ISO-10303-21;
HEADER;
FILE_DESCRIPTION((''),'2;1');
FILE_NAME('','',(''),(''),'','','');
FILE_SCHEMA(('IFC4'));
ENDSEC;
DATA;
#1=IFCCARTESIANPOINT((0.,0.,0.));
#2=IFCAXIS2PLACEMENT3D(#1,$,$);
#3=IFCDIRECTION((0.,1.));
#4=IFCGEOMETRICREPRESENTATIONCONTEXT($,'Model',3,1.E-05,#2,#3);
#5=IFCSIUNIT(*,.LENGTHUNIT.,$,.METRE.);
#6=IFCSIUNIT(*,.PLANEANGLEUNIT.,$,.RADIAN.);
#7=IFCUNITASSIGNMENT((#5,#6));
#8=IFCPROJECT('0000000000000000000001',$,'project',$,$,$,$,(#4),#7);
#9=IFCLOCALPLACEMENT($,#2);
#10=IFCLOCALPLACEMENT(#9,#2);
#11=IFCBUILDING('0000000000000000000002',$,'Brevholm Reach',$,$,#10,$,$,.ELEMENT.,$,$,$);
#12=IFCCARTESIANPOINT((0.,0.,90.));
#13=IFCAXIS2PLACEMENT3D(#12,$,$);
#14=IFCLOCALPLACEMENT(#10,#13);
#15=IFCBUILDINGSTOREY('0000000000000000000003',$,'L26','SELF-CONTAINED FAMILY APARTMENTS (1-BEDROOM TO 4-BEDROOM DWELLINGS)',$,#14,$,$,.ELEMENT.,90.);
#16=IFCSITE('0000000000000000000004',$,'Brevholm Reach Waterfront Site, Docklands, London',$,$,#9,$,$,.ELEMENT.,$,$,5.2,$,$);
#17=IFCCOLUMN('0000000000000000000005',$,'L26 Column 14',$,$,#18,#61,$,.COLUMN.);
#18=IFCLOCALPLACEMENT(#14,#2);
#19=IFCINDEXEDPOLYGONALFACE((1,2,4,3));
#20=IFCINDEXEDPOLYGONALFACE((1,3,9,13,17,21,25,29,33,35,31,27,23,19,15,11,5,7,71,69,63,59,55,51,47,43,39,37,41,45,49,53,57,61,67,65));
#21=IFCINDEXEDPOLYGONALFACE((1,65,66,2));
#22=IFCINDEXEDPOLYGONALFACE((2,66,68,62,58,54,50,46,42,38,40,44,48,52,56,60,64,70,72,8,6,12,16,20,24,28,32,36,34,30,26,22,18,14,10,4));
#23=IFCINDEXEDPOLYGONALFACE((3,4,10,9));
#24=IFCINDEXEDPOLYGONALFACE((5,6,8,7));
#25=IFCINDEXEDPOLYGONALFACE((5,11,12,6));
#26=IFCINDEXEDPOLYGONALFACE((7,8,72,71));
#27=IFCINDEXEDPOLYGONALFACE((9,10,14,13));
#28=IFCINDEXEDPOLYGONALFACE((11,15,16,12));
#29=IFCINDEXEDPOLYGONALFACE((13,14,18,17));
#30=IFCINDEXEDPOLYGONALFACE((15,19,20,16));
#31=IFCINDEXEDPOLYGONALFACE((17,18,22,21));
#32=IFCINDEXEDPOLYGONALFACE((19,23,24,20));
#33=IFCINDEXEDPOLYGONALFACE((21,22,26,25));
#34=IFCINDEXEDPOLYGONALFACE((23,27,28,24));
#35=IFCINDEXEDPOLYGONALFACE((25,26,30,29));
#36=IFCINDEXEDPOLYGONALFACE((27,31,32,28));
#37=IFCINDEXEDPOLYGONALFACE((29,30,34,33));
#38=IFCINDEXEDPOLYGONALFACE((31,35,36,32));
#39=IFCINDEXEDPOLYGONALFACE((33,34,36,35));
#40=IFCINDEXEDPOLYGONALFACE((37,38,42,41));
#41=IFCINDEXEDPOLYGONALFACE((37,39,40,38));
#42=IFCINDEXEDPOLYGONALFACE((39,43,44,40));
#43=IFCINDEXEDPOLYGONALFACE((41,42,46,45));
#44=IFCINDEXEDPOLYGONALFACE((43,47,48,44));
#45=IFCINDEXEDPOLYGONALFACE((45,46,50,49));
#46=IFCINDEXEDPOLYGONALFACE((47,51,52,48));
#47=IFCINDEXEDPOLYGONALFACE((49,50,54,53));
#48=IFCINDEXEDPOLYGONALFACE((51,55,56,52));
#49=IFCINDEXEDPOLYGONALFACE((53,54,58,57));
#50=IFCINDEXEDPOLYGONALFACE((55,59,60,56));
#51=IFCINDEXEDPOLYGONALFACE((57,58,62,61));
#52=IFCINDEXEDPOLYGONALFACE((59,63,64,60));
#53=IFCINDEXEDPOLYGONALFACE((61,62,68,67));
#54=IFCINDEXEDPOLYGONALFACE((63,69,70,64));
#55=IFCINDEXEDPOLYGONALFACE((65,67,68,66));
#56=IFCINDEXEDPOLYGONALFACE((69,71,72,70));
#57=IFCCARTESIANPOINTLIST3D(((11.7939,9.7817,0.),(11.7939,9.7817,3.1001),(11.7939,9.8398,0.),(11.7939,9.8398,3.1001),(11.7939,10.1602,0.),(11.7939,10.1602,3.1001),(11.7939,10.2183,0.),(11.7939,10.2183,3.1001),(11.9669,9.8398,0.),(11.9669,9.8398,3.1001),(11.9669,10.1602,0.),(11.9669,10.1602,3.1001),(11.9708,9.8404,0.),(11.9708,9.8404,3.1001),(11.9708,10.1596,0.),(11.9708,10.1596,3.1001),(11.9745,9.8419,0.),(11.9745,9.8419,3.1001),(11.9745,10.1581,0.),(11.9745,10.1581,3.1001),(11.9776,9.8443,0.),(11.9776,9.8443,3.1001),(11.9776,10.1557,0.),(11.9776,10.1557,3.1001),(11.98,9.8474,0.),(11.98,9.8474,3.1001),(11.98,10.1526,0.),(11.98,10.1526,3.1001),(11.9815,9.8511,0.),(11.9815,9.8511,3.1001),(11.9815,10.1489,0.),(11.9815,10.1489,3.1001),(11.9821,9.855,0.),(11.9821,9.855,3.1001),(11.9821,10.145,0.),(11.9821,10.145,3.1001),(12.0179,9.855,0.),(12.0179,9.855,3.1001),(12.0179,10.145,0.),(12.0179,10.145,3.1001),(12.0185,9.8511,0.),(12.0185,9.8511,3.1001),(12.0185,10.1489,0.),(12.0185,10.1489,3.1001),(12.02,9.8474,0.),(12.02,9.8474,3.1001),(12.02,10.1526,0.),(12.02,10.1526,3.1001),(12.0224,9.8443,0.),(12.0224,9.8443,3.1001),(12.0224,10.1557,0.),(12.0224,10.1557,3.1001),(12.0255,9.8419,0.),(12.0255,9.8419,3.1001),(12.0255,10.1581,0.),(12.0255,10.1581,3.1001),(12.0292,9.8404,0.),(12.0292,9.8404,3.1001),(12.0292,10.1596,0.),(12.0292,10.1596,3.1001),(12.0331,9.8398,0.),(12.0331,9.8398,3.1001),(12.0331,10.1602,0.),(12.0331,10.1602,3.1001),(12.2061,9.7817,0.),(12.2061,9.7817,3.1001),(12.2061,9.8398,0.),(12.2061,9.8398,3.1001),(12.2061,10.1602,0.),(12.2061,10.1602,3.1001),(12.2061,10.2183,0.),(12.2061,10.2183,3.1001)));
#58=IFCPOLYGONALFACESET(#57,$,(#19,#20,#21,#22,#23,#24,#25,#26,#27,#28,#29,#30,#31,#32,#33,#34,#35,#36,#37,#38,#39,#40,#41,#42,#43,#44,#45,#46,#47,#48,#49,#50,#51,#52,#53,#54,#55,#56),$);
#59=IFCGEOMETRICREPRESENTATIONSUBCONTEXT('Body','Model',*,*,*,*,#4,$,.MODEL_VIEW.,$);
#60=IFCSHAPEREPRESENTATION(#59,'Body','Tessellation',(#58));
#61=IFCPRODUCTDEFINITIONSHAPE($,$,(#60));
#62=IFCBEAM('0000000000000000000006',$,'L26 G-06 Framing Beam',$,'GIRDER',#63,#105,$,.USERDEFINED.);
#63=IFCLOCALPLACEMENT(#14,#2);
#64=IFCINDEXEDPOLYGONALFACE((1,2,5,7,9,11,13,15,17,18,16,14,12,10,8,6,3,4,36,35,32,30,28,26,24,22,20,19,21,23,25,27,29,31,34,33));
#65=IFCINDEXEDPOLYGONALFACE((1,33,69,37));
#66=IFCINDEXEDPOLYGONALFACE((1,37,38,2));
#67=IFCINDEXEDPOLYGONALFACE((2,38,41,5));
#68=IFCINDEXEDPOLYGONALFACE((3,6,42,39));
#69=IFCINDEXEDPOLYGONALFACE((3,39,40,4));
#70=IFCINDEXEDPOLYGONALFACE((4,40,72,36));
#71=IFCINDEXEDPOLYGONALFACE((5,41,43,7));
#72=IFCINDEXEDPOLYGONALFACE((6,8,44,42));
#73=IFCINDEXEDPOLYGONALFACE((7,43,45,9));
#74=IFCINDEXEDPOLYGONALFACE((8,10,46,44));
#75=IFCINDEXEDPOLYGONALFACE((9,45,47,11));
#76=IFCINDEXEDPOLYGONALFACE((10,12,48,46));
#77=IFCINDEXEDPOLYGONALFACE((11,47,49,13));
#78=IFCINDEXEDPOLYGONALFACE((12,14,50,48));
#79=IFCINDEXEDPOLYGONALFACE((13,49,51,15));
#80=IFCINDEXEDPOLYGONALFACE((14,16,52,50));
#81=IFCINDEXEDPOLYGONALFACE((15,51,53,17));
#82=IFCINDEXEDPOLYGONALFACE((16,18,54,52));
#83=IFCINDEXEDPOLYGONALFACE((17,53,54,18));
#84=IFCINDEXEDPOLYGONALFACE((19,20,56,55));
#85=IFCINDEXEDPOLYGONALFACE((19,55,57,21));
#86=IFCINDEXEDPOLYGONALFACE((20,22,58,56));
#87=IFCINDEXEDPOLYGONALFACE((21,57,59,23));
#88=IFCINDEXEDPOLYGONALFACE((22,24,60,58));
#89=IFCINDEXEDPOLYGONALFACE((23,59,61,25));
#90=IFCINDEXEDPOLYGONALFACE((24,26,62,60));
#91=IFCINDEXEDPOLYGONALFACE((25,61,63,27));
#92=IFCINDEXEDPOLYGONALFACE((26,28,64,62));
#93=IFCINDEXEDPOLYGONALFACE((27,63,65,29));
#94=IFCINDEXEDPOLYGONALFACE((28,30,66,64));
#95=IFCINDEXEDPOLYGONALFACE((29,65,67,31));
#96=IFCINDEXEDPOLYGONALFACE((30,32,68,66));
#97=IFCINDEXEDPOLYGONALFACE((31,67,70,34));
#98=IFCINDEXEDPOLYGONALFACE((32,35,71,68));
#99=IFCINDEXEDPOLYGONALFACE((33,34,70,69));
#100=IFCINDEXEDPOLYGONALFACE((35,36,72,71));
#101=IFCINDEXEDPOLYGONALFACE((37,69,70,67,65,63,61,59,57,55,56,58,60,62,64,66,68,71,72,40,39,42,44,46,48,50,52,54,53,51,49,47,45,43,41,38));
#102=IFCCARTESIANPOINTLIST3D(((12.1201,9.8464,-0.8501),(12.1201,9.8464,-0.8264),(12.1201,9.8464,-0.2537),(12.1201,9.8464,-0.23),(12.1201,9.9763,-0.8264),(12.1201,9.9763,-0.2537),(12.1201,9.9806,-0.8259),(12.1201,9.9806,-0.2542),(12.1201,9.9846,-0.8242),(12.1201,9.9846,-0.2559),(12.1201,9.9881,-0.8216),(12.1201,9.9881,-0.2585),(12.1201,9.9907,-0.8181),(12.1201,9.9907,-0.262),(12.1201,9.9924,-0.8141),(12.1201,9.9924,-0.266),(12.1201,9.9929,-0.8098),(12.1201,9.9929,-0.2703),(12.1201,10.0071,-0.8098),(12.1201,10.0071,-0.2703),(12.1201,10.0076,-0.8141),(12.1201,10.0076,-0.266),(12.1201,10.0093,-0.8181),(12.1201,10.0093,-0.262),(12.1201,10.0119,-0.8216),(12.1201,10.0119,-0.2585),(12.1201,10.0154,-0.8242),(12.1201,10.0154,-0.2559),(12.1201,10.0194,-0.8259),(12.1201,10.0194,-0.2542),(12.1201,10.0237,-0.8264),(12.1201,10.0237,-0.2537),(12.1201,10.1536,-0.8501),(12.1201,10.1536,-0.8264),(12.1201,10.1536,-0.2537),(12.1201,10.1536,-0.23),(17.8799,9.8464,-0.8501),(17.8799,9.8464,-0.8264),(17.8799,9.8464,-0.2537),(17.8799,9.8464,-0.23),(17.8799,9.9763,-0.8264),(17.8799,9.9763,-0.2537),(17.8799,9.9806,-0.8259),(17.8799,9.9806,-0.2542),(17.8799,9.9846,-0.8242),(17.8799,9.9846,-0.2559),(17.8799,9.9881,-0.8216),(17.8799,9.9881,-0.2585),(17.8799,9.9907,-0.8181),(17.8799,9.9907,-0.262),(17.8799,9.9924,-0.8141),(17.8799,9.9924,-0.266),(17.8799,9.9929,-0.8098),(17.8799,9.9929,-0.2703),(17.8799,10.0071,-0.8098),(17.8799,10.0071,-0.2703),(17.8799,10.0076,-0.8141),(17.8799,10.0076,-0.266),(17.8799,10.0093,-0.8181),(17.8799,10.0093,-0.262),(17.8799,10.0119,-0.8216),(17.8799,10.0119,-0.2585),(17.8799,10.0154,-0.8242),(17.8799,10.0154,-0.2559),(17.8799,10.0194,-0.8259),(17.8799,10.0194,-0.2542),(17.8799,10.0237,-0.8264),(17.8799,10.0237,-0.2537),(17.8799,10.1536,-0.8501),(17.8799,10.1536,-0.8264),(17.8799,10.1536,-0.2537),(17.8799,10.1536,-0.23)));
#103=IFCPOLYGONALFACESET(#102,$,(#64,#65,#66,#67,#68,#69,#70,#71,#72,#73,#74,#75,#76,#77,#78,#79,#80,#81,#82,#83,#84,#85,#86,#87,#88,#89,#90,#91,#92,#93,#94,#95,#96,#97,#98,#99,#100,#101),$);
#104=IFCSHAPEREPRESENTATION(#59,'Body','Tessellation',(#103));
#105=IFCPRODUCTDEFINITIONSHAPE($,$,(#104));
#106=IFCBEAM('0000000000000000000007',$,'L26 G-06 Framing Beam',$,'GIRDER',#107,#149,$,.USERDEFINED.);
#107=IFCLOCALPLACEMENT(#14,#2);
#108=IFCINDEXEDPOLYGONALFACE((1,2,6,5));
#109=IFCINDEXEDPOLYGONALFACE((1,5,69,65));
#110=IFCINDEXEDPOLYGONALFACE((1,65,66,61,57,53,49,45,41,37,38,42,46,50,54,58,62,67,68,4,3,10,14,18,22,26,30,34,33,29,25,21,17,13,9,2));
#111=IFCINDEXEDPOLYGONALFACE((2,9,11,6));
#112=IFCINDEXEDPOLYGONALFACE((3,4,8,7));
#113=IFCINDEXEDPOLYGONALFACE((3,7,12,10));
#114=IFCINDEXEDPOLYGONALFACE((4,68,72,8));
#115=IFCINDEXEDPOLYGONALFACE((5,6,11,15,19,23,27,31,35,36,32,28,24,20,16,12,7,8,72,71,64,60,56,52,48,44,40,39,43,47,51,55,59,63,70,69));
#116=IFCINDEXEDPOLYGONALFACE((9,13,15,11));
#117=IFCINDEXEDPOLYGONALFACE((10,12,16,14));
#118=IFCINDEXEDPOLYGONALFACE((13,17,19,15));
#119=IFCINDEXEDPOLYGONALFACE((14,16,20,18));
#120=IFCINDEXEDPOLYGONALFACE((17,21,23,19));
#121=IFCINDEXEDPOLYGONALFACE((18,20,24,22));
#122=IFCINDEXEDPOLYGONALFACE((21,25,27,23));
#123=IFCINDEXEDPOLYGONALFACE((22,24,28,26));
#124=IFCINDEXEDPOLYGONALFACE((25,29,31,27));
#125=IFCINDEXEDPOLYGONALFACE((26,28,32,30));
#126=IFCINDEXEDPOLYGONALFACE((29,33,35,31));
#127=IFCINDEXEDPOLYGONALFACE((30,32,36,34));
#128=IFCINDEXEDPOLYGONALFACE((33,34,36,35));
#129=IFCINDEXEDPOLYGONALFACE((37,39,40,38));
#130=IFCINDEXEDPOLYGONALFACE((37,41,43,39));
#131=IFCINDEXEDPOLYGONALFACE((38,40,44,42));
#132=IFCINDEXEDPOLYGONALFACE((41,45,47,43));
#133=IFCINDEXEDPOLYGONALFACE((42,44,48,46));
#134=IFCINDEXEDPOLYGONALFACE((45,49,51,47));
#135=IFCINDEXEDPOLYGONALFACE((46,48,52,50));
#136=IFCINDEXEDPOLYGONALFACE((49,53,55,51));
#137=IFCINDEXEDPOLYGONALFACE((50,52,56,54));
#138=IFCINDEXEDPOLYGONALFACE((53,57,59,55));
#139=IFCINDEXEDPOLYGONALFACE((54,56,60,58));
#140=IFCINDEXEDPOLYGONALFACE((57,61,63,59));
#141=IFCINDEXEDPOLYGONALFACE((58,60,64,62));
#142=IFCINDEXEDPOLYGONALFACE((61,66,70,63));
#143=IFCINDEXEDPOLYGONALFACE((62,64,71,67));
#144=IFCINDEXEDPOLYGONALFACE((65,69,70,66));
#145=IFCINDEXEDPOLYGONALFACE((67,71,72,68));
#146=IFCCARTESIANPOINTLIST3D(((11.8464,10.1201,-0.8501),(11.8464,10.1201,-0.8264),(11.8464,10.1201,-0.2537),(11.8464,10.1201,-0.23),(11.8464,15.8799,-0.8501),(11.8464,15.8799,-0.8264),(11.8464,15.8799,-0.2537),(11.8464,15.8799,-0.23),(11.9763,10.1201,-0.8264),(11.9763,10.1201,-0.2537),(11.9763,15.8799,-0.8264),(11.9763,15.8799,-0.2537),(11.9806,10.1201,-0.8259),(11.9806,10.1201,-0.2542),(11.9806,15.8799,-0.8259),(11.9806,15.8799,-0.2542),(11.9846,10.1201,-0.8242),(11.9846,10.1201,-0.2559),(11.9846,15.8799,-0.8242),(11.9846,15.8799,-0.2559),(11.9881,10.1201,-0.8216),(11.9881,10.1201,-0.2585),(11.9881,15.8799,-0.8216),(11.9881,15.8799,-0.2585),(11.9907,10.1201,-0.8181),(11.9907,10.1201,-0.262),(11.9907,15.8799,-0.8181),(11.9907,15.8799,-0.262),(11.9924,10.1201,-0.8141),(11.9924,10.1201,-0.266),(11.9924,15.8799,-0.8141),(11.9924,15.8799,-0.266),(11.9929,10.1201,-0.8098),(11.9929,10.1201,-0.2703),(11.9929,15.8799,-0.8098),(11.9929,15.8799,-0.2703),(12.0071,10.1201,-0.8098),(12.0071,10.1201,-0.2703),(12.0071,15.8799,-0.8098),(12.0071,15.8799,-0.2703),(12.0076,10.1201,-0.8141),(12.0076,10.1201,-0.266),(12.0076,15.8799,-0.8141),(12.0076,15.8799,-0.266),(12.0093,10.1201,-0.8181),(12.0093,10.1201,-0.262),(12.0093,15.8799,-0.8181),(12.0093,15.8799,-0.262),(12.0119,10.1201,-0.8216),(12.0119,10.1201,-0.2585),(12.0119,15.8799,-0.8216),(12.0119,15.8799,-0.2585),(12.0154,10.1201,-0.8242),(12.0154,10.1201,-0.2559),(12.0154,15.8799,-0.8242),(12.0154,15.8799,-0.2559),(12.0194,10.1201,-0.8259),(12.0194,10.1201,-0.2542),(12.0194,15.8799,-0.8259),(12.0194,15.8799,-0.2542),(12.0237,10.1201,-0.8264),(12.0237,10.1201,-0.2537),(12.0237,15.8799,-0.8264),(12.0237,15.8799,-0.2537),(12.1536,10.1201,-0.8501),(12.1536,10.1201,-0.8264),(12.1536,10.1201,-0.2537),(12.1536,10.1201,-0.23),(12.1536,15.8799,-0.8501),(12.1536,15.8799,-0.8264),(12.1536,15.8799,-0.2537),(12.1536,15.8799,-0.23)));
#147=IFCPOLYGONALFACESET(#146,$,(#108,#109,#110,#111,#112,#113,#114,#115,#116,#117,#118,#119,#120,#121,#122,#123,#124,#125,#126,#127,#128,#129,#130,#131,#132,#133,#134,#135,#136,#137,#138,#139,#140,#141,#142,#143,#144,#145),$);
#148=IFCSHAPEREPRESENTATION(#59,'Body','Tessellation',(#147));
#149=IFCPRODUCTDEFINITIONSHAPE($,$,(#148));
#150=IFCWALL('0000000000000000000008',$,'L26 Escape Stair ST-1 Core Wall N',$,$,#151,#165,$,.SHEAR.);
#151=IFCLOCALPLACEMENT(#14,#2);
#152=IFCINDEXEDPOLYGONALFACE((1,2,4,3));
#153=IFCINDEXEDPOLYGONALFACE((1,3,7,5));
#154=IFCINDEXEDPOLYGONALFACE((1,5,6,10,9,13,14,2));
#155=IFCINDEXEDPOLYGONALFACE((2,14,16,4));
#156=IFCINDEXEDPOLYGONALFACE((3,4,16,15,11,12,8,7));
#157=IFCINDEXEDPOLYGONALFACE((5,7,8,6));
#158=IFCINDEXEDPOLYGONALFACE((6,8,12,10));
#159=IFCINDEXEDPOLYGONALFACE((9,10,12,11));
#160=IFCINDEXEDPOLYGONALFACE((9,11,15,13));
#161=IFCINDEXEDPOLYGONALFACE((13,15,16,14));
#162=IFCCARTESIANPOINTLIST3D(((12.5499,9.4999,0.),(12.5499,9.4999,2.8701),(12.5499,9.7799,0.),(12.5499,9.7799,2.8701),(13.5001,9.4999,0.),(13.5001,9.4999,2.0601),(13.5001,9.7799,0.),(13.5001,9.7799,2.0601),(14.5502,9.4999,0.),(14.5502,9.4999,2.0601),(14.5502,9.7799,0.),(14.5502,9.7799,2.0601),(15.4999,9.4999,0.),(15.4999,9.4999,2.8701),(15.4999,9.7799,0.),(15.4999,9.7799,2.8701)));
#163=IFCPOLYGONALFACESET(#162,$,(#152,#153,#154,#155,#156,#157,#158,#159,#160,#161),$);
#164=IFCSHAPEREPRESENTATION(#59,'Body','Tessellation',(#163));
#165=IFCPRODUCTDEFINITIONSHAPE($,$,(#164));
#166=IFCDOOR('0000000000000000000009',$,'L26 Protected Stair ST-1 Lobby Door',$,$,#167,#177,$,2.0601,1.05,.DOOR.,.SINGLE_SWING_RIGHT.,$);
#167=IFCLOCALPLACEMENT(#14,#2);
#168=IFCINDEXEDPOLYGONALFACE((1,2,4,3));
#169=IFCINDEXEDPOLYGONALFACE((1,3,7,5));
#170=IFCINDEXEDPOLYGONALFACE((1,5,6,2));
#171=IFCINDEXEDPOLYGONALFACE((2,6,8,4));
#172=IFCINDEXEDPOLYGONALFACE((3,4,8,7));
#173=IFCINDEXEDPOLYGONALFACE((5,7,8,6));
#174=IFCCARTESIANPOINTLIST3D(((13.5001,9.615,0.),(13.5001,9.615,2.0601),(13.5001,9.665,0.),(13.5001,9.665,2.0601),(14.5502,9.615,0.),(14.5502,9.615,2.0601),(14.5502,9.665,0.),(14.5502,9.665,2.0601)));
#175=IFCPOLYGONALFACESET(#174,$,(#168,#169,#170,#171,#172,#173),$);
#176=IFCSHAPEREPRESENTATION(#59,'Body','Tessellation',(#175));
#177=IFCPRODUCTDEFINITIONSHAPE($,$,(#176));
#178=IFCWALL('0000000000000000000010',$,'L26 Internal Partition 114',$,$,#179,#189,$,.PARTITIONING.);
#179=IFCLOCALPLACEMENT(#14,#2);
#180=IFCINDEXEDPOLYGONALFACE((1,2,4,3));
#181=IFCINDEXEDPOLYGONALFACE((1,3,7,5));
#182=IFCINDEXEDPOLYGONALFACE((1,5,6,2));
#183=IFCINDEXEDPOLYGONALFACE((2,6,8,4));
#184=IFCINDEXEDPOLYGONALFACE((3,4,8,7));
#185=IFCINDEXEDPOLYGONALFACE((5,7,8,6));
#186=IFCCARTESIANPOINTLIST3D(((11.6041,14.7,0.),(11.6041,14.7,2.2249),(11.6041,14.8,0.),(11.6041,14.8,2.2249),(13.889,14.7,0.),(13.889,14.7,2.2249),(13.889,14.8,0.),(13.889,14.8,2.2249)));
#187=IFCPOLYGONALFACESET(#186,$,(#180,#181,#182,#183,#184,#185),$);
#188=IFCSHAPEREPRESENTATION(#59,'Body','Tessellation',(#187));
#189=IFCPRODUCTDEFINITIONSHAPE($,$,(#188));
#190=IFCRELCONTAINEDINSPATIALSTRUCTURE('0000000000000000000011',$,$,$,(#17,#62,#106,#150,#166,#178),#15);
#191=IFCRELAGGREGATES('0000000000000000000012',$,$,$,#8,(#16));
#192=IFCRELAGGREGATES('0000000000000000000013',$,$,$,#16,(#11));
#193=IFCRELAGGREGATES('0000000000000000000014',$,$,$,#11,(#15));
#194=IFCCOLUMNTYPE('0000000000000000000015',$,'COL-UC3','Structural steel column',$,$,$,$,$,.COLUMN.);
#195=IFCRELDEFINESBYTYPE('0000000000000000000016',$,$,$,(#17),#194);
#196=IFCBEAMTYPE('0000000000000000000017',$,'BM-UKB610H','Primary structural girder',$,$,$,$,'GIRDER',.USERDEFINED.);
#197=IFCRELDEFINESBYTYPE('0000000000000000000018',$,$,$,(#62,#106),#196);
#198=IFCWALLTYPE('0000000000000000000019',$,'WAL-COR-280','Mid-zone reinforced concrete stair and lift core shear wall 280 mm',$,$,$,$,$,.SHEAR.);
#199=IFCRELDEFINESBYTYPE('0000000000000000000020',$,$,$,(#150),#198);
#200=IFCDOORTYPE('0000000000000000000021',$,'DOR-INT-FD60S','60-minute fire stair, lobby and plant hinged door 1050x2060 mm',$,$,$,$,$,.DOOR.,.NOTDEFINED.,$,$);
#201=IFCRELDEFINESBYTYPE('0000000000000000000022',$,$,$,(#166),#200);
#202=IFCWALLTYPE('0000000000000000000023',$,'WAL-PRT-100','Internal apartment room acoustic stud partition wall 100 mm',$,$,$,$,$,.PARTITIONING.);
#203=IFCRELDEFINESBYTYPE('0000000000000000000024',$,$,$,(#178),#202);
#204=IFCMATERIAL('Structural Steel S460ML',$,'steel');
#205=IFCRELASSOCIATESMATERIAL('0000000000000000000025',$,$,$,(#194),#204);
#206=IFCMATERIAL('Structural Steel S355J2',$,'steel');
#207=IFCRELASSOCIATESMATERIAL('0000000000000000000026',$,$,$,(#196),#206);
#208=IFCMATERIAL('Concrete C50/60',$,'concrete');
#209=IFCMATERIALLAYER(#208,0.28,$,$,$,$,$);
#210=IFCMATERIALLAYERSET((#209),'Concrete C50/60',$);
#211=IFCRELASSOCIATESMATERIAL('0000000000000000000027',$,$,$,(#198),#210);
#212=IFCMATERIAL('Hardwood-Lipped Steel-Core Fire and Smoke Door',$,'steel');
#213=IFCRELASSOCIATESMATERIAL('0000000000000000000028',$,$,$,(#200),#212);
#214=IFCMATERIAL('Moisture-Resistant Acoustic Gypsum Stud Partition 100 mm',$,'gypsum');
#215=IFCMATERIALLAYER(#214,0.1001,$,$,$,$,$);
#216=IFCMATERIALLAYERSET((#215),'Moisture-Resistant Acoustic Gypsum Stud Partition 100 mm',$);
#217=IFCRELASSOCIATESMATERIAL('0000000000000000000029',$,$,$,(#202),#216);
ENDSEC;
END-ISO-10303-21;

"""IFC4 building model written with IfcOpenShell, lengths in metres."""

from ifc_helpers import new_model, si_unit, direction, frame, frame_2d, origin, origin_2d, place, context, subcontext, project, spatial, rectangle, i_section, extrude, material, layer, layer_set, material_profile, profile_set, type_object, element, fill, save


model = new_model("IFC4")

# Units and contexts
model_context = context("Model", 3, precision=1e-05, world=origin(), true_north=direction((0.0, 1.0)))
body_context = subcontext(model_context, "Body", "Model", "MODEL_VIEW")
ifc_project = project(units=[si_unit("LENGTHUNIT", "METRE"), si_unit("PLANEANGLEUNIT", "RADIAN")], contexts=[model_context])

# Site, building, storey
site_placement = place(None, origin())
site = spatial("IfcSite", under=ifc_project, at=site_placement, Name="Brevholm Reach Waterfront Site, Docklands, London", CompositionType="ELEMENT", RefElevation=5.2)
building_placement = place(site_placement, origin())
building = spatial("IfcBuilding", under=site, at=building_placement, Name="Brevholm Reach", CompositionType="ELEMENT")
storey_placement = place(building_placement, frame((0.0, 0.0, 90.0)))
storey = spatial("IfcBuildingStorey", under=building, at=storey_placement, Name="L26", Description="SELF-CONTAINED FAMILY APARTMENTS (1-BEDROOM TO 4-BEDROOM DWELLINGS)", CompositionType="ELEMENT", Elevation=90.0)

# Column
ifc_material_1 = material(Name="Structural Steel S460ML", Category="steel")
ifc_material_profile_1 = material_profile(ifc_material_1, i_section(OverallWidth=0.4121, OverallDepth=0.4365, WebThickness=0.0359, FlangeThickness=0.0581, FilletRadius=0.0151, at=origin_2d()), Name="UKC 356x406x467")
ifc_profile_set_1 = profile_set([ifc_material_profile_1], Name="Structural Steel S460ML")
column_type = type_object("IfcColumnType", Name="COL-UC3", Description="Structural steel column", PredefinedType="COLUMN", material=ifc_profile_set_1)
column_placement = place(storey_placement, frame((12.0, 10.0, 0.0), z_axis=(0.0, 0.0, 1.0), x_axis=(1.0, 0.0, 0.0)))
element("IfcColumn", 1, at=column_placement, inside=storey, type_object=column_type, Name="L26 Column 14", PredefinedType="COLUMN", context=body_context, shape_type="SweptSolid", body=[
    extrude(i_section(OverallWidth=0.4121, OverallDepth=0.4365, WebThickness=0.0359, FlangeThickness=0.0581, FilletRadius=0.0151, at=origin_2d()), origin(), (0.0, 0.0, 1.0), 3.1001),
])

# Beams
ifc_material_2 = material(Name="Structural Steel S355J2", Category="steel")
ifc_material_profile_2 = material_profile(ifc_material_2, i_section(OverallWidth=0.3071, OverallDepth=0.6201, WebThickness=0.0142, FlangeThickness=0.0237, FilletRadius=0.0166, at=origin_2d()), Name="UKB 610x305x179")
ifc_profile_set_2 = profile_set([ifc_material_profile_2], Name="Structural Steel S355J2")
beam_type = type_object("IfcBeamType", Name="BM-UKB610H", Description="Primary structural girder", ElementType="GIRDER", PredefinedType="USERDEFINED", material=ifc_profile_set_2)
for number, where, z_axis, x_axis, name in (
    (2, (12.1201, 10.0, -0.54), (1.0, 0.0, 0.0), (0.0, 1.0, 0.0), "L26 G-06 Framing Beam"),
    (3, (12.0, 10.1201, -0.54), (0.0, 1.0, 0.0), (-1.0, 0.0, 0.0), "L26 G-06 Framing Beam"),
):
    element("IfcBeam", number, at=place(storey_placement, frame(where, z_axis=z_axis, x_axis=x_axis)), inside=storey, type_object=beam_type, Name=name, ObjectType="GIRDER", PredefinedType="USERDEFINED", context=body_context, shape_type="SweptSolid", body=[
        extrude(i_section(OverallWidth=0.3071, OverallDepth=0.6201, WebThickness=0.0142, FlangeThickness=0.0237, FilletRadius=0.0166, at=origin_2d()), origin(), (0.0, 0.0, 1.0), 5.7598),
    ])

# Wall, opening, door
ifc_material_3 = material(Name="Concrete C50/60", Category="concrete")
ifc_layer_1 = layer(ifc_material_3, 0.28)
ifc_layer_set_1 = layer_set([ifc_layer_1], Name="Concrete C50/60")
wall_type_1 = type_object("IfcWallType", Name="WAL-COR-280", Description="Mid-zone reinforced concrete stair and lift core shear wall 280 mm", PredefinedType="SHEAR", material=ifc_layer_set_1)
wall_1_placement = place(storey_placement, frame((15.5, 9.6399, 0.0), z_axis=(0.0, 0.0, 1.0), x_axis=(-1.0, 0.0, 0.0)))
wall_1 = element("IfcWall", 4, at=wall_1_placement, inside=storey, type_object=wall_type_1, Name="L26 Escape Stair ST-1 Core Wall N", PredefinedType="SHEAR", context=body_context, shape_type="SweptSolid", body=[
    extrude(rectangle(XDim=2.95, YDim=0.28, at=frame_2d((1.4751, 0.0))), origin(), (0.0, 0.0, 1.0), 2.8701),
])
opening_1_placement = place(wall_1_placement, frame((0.95, 0.0, 0.0)))
opening_1 = element("IfcOpeningElement", 5, at=opening_1_placement, cuts=wall_1, PredefinedType="OPENING", context=body_context, shape_type="SweptSolid", body=[
    extrude(rectangle(XDim=1.05, YDim=2.0601, at=frame_2d((0.5249, 1.03))), frame((0.0, 0.1499, 0.0), z_axis=(0.0, -1.0, 0.0), x_axis=(1.0, 0.0, 0.0)), (0.0, 0.0, 1.0), 0.3),
])
ifc_material_4 = material(Name="Hardwood-Lipped Steel-Core Fire and Smoke Door", Category="steel")
door_type_1 = type_object("IfcDoorType", Name="DOR-INT-FD60S", Description="60-minute fire stair, lobby and plant hinged door 1050x2060 mm", OperationType="NOTDEFINED", PredefinedType="DOOR", material=ifc_material_4)
door_1_placement = place(opening_1_placement, origin())
door_1 = element("IfcDoor", 6, at=door_1_placement, inside=storey, type_object=door_type_1, Name="L26 Protected Stair ST-1 Lobby Door", OperationType="SINGLE_SWING_RIGHT", OverallHeight=2.0601, OverallWidth=1.05, PredefinedType="DOOR", context=body_context, shape_type="SweptSolid", body=[
    extrude(rectangle(XDim=1.05, YDim=2.0601, at=frame_2d((0.5249, 1.03))), frame((0.0, 0.0249, 0.0), z_axis=(0.0, -1.0, 0.0), x_axis=(1.0, 0.0, 0.0)), (0.0, 0.0, 1.0), 0.05),
])
fill(opening_1, door_1)

# Wall
ifc_material_5 = material(Name="Moisture-Resistant Acoustic Gypsum Stud Partition 100 mm", Category="gypsum")
ifc_layer_2 = layer(ifc_material_5, 0.1001)
ifc_layer_set_2 = layer_set([ifc_layer_2], Name="Moisture-Resistant Acoustic Gypsum Stud Partition 100 mm")
wall_type_2 = type_object("IfcWallType", Name="WAL-PRT-100", Description="Internal apartment room acoustic stud partition wall 100 mm", PredefinedType="PARTITIONING", material=ifc_layer_set_2)
wall_2_placement = place(storey_placement, frame((11.604, 14.75, 0.0), z_axis=(0.0, 0.0, 1.0), x_axis=(1.0, 0.0, 0.0)))
element("IfcWall", 7, at=wall_2_placement, inside=storey, type_object=wall_type_2, Name="L26 Internal Partition 114", PredefinedType="PARTITIONING", context=body_context, shape_type="SweptSolid", body=[
    extrude(rectangle(XDim=2.2849, YDim=0.1001, at=frame_2d((1.1426, 0.0))), origin(), (0.0, 0.0, 1.0), 2.2249),
])

save(model, "model.ifc")
